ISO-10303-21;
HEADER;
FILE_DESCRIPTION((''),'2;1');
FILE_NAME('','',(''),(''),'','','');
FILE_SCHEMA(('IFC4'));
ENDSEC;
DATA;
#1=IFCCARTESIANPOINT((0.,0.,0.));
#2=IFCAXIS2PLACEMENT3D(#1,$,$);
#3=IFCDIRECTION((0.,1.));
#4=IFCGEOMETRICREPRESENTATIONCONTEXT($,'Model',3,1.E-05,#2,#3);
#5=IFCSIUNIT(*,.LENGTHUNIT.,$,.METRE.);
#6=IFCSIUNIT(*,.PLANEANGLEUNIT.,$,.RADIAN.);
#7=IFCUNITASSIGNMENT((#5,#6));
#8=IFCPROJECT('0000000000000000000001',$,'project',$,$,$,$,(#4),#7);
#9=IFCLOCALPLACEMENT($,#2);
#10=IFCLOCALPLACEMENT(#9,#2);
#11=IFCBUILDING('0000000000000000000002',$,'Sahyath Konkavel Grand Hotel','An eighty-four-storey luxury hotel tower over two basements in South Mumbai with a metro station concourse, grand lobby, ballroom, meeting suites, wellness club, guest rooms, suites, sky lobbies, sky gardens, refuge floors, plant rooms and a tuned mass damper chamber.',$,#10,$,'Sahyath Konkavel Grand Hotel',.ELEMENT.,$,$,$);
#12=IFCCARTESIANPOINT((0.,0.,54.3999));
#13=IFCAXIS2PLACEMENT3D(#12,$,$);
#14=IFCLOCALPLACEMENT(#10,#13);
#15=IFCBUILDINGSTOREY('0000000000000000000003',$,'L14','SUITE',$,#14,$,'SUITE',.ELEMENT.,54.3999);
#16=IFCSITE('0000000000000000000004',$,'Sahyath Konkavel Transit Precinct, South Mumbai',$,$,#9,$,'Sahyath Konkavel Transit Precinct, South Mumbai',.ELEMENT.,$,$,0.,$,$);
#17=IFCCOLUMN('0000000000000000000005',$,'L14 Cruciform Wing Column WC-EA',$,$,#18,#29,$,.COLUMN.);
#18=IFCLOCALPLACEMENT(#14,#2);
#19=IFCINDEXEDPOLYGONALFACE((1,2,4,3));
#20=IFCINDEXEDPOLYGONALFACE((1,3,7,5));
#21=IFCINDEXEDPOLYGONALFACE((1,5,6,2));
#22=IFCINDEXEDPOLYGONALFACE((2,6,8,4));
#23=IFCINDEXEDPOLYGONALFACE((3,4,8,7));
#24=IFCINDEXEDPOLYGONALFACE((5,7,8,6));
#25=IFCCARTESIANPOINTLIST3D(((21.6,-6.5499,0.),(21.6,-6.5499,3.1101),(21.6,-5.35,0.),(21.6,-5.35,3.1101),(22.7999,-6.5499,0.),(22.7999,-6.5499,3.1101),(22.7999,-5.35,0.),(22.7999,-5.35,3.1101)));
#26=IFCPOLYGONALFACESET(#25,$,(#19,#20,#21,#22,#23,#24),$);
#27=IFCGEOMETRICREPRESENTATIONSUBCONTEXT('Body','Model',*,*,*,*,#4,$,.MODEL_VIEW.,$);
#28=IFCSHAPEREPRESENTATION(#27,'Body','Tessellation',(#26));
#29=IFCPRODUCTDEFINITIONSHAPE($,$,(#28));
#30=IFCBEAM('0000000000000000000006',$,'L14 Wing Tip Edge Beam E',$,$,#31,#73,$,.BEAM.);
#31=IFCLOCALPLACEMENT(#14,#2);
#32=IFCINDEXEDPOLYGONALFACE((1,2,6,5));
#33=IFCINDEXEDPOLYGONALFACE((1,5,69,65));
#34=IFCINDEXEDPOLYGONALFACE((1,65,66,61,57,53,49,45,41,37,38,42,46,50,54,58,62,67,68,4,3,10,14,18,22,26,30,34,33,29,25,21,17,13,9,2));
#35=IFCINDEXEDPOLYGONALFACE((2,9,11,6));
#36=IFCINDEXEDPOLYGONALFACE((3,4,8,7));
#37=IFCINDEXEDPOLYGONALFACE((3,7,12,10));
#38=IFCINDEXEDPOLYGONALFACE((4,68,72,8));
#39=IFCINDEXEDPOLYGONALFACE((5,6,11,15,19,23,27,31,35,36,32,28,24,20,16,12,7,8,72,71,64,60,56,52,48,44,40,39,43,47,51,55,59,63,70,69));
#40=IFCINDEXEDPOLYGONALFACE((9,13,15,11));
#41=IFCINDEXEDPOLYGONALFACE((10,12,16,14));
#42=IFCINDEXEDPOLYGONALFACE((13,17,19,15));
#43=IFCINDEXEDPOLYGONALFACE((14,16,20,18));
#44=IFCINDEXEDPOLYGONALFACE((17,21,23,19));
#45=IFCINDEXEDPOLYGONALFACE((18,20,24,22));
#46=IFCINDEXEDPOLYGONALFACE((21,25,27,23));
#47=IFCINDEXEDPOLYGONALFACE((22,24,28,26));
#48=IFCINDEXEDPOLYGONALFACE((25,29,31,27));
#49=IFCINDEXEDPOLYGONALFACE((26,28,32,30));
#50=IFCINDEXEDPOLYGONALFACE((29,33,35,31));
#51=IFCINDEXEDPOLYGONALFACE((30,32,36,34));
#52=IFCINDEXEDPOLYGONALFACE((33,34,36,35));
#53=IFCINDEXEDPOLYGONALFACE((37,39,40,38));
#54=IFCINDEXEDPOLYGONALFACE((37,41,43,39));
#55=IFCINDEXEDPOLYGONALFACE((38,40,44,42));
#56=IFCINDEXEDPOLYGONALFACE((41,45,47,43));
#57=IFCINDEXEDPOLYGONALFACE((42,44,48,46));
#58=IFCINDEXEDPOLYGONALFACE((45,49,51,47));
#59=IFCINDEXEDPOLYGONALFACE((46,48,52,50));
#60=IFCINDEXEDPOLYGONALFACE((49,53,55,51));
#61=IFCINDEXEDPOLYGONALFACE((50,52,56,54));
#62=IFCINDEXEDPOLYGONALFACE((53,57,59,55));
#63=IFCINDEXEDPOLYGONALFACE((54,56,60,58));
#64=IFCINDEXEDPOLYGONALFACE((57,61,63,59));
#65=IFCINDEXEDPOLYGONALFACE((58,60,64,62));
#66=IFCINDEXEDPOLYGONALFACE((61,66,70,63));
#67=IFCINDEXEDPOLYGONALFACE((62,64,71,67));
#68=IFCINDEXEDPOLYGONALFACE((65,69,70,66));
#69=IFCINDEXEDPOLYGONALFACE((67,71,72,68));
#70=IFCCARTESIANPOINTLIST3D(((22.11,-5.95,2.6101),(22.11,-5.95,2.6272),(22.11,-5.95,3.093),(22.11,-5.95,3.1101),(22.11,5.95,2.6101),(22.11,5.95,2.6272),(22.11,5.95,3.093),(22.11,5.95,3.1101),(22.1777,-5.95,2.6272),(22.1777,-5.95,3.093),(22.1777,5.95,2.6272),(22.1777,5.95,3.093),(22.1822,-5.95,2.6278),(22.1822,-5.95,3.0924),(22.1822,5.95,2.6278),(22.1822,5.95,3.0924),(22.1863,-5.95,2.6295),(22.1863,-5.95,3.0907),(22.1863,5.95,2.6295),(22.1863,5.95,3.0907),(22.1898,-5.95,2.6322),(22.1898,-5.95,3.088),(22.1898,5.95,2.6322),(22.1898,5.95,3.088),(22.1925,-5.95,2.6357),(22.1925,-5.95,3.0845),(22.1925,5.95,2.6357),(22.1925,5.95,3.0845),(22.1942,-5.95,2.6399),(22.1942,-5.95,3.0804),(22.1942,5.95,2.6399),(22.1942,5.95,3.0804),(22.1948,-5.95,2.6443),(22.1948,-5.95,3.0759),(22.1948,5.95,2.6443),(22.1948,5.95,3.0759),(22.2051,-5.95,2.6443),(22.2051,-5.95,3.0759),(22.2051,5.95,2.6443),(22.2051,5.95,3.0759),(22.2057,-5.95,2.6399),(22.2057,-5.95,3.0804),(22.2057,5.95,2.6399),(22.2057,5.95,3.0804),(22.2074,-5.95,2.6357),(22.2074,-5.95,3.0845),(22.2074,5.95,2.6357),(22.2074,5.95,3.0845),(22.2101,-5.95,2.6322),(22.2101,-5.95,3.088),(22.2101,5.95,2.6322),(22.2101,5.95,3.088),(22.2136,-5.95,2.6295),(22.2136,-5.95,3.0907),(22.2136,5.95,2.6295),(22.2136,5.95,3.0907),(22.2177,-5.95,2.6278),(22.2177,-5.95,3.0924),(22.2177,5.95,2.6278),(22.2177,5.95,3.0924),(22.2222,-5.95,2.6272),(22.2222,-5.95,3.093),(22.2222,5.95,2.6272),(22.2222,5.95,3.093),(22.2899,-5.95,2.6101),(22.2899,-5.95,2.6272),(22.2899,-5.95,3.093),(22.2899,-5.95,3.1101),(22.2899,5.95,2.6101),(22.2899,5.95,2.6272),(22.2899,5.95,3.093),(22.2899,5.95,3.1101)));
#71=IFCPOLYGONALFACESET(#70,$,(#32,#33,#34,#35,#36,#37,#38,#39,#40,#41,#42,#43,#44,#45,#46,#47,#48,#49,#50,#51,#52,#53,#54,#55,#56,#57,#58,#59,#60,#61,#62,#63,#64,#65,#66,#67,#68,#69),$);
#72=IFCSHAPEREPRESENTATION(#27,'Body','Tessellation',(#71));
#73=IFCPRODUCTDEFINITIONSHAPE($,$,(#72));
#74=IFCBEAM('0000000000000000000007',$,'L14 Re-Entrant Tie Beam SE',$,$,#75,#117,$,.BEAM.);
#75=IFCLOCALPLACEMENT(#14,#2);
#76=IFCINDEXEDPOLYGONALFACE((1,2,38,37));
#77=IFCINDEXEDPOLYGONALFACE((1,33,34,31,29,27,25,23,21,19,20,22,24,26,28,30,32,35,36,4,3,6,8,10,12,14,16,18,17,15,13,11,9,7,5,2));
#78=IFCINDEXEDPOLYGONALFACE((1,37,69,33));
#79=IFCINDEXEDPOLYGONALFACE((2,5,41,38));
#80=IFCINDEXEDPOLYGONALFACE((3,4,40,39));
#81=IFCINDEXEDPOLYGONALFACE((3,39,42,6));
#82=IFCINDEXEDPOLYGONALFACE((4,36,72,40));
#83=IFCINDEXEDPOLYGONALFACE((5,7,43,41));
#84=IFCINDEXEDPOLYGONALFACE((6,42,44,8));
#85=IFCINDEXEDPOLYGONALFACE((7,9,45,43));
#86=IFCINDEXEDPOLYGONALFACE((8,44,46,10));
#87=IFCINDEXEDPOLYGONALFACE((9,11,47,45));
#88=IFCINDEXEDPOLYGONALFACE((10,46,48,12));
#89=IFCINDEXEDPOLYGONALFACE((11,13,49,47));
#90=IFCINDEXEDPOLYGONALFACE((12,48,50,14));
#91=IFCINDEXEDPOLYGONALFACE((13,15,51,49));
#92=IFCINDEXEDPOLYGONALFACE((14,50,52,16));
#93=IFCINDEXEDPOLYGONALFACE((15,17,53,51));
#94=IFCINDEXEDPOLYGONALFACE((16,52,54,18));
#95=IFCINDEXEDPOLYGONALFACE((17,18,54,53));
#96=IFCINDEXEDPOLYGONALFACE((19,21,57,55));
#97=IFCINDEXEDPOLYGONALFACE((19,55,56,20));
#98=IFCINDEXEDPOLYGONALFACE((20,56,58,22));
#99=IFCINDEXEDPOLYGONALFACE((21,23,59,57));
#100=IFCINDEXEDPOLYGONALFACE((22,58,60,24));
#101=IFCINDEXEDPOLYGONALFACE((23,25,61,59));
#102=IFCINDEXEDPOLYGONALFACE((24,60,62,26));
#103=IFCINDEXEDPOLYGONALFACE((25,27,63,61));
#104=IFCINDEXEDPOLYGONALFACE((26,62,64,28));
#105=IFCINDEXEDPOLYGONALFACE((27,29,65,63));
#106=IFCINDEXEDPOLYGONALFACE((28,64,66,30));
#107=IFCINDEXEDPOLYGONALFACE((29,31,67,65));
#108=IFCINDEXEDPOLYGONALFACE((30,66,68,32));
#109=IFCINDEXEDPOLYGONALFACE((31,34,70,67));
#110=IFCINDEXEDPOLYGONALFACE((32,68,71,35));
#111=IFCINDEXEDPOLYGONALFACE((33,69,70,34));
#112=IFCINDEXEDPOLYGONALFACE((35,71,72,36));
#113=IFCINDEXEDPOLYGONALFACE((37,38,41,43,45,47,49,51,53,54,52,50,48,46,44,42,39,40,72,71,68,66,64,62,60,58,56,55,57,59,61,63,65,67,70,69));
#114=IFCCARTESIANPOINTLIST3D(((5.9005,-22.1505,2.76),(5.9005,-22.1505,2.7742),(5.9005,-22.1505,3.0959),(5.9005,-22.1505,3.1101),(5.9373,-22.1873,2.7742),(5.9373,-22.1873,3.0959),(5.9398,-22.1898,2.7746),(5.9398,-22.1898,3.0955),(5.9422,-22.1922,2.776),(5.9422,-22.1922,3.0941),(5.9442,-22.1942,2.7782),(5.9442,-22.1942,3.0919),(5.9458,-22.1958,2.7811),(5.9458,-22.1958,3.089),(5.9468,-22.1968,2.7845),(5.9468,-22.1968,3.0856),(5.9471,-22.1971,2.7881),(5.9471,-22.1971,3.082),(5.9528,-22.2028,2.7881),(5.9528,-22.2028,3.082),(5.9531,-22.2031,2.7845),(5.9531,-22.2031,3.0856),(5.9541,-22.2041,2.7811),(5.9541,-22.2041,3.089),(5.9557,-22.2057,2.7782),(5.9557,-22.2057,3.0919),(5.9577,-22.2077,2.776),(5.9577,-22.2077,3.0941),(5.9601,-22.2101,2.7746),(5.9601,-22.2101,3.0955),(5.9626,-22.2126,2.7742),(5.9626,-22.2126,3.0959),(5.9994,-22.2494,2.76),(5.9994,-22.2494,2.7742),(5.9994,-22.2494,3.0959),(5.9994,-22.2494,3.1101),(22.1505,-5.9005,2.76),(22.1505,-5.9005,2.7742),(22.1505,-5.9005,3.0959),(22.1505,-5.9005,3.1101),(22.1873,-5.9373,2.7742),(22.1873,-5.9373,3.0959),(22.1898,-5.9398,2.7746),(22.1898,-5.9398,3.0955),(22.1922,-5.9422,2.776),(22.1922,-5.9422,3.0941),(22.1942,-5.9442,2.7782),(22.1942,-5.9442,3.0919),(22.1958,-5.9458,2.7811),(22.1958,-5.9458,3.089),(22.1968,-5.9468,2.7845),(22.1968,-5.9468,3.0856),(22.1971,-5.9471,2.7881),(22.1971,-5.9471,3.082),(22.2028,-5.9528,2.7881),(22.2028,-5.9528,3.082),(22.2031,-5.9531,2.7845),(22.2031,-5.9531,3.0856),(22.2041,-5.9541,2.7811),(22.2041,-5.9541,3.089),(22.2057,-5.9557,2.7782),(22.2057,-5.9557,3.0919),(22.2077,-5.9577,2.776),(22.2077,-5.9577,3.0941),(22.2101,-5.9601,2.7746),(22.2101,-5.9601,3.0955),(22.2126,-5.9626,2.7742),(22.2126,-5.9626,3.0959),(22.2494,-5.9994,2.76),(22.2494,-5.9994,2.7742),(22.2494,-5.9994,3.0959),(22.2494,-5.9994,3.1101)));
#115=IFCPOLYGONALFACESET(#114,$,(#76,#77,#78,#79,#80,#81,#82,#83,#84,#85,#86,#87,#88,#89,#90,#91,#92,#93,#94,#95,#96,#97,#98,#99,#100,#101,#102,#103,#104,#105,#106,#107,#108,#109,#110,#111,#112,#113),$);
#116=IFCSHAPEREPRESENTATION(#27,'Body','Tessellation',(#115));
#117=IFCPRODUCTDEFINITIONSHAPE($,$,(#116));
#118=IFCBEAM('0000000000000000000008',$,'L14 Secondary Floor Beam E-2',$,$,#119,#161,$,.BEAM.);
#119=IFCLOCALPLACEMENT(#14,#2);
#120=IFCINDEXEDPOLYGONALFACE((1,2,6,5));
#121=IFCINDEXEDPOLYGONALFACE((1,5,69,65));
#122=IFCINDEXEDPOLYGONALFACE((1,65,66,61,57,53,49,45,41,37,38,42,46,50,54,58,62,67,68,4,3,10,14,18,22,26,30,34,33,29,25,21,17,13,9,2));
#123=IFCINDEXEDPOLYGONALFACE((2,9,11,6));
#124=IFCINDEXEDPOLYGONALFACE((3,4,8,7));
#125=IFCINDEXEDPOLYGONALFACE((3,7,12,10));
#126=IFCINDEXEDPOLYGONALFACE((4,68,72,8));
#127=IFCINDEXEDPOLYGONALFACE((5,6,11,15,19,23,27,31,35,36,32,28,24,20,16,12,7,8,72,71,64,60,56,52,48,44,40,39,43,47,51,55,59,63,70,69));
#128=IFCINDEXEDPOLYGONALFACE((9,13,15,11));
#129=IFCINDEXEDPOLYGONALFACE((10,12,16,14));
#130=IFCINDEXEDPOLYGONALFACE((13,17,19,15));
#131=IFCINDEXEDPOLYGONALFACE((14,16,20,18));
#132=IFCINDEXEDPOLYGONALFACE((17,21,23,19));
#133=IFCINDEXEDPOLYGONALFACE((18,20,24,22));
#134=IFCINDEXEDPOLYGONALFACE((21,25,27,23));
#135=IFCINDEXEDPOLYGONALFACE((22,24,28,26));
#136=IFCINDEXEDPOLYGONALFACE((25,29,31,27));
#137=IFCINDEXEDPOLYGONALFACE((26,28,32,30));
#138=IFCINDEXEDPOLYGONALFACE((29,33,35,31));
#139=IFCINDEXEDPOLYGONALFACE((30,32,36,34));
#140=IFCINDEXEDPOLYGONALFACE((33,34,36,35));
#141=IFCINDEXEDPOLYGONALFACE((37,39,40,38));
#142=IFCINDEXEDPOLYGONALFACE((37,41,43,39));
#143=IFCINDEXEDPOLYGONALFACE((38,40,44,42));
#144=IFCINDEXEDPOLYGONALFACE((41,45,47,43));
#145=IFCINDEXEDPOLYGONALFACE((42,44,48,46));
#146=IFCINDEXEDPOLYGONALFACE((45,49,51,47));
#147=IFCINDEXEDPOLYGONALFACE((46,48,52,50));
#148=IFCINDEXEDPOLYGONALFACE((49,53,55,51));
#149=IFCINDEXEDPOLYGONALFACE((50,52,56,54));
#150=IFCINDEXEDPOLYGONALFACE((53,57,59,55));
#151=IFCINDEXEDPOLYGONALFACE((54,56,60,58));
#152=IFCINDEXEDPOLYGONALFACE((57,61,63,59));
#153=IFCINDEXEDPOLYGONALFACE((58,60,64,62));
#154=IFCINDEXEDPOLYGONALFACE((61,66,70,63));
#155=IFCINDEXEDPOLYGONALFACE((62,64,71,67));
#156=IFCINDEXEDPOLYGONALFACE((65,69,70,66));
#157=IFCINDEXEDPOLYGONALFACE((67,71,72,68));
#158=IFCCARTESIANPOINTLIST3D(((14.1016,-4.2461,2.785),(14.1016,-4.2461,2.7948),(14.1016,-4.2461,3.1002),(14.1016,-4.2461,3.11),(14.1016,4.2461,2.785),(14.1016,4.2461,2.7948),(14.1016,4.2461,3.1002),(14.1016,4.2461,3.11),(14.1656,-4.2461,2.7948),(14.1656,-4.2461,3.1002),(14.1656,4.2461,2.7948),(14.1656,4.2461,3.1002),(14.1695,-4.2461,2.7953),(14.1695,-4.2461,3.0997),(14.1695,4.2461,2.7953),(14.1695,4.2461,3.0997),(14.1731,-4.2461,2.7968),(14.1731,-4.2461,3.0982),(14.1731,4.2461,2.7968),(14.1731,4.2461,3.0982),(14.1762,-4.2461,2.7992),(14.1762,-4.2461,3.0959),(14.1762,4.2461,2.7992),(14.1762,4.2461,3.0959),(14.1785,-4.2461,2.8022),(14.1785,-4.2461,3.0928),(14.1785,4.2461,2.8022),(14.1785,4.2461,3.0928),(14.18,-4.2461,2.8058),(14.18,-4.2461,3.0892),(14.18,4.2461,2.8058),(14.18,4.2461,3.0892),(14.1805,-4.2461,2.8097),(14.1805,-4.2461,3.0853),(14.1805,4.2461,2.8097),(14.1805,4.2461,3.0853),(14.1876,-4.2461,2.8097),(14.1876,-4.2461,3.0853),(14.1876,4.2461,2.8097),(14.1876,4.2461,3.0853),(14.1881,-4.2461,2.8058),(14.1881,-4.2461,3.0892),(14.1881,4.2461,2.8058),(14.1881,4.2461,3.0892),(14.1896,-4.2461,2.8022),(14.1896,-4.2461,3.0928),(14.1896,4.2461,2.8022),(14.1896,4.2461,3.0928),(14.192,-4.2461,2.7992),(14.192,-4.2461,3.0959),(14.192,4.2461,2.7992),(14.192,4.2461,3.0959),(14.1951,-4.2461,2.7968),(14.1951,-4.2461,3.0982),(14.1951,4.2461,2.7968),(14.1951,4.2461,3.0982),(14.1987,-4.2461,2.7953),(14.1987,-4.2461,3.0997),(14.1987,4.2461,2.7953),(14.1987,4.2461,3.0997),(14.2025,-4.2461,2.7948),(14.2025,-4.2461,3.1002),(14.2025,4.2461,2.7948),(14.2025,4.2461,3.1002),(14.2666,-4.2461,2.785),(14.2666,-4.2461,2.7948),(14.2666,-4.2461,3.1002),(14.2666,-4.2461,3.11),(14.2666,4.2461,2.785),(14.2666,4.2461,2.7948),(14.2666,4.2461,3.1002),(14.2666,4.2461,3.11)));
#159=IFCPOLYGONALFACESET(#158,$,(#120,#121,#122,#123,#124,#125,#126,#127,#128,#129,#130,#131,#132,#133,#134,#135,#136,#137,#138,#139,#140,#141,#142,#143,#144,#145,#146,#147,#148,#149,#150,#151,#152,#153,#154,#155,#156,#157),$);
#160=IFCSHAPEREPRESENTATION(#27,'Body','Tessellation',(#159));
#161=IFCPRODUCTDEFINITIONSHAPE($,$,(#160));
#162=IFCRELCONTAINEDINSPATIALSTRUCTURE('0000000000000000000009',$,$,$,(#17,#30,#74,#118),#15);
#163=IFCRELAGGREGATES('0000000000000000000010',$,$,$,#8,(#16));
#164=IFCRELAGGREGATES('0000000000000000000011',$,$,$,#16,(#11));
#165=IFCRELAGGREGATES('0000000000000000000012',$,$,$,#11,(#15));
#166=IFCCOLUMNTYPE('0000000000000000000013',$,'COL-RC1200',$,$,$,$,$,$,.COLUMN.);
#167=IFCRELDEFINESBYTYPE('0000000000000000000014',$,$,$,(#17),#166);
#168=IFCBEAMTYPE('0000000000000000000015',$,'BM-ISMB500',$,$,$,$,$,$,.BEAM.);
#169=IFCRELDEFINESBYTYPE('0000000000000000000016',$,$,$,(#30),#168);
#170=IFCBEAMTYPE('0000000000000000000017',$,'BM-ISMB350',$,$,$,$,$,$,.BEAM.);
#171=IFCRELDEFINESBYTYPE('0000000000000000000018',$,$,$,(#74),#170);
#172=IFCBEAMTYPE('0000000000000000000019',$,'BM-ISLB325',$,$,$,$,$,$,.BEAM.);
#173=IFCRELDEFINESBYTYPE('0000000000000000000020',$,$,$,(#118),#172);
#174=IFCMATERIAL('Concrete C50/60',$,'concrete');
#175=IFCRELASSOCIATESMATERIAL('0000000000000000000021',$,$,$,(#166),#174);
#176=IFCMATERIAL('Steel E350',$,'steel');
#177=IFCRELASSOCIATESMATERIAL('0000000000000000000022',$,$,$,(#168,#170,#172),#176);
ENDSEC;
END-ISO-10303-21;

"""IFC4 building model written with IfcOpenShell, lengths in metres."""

from ifc_helpers import new_model, si_unit, direction, frame, origin, origin_2d, place, context, subcontext, project, spatial, rectangle, i_section, extrude, source, transform, mapped, material, material_profile, profile_set, type_object, element, save


model = new_model("IFC4")

# Units and contexts
model_context = context("Model", 3, precision=1e-05, world=origin(), true_north=direction((0.0, 1.0)))
body_context = subcontext(model_context, "Body", "Model", "MODEL_VIEW")
ifc_project = project(units=[si_unit("LENGTHUNIT", "METRE"), si_unit("PLANEANGLEUNIT", "RADIAN")], contexts=[model_context])

# Site, building, storey
site_placement = place(None, origin())
site = spatial("IfcSite", under=ifc_project, at=site_placement, Name="Sahyath Konkavel Transit Precinct, South Mumbai", LongName="Sahyath Konkavel Transit Precinct, South Mumbai", CompositionType="ELEMENT", RefElevation=0.0)
building_placement = place(site_placement, origin())
building = spatial("IfcBuilding", under=site, at=building_placement, Name="Sahyath Konkavel Grand Hotel", Description="An eighty-four-storey luxury hotel tower over two basements in South Mumbai with a metro station concourse, grand lobby, ballroom, meeting suites, wellness club, guest rooms, suites, sky lobbies, sky gardens, refuge floors, plant rooms and a tuned mass damper chamber.", LongName="Sahyath Konkavel Grand Hotel", CompositionType="ELEMENT")
storey_placement = place(building_placement, frame((0.0, 0.0, 54.3999)))
storey = spatial("IfcBuildingStorey", under=building, at=storey_placement, Name="L14", Description="SUITE", LongName="SUITE", CompositionType="ELEMENT", Elevation=54.3999)

# Column
ifc_material_1 = material(Name="Concrete C50/60", Category="concrete")
ifc_material_profile_1 = material_profile(ifc_material_1, rectangle(XDim=1.2, YDim=1.2, at=origin_2d()), Name="RC 1200x1200")
ifc_profile_set_1 = profile_set([ifc_material_profile_1], Name="Concrete C50/60")
column_type = type_object("IfcColumnType", Name="COL-RC1200", PredefinedType="COLUMN", material=ifc_profile_set_1)
shared_shape_1 = source(origin(), body_context, "Body", "SweptSolid", [
    extrude(rectangle(XDim=1.2, YDim=1.2, at=origin_2d()), origin(), (0.0, 0.0, 1.0), 3.1101),
])
column_placement = place(storey_placement, frame((22.2, -5.95, 0.0), z_axis=(0.0, 0.0, 1.0), x_axis=(1.0, 0.0, 0.0)))
element("IfcColumn", 1, at=column_placement, inside=storey, type_object=column_type, Name="L14 Cruciform Wing Column WC-EA", PredefinedType="COLUMN", context=body_context, shape_type="MappedRepresentation", body=[
    mapped(shared_shape_1, transform((0.0, 0.0, 0.0), scale=1.0)),
])

# Beams
ifc_material_2 = material(Name="Steel E350", Category="steel")
ifc_material_profile_2 = material_profile(ifc_material_2, i_section(OverallWidth=0.1799, OverallDepth=0.5, WebThickness=0.0103, FlangeThickness=0.0171, FilletRadius=0.0171, at=origin_2d()), Name="ISMB 500")
ifc_profile_set_2 = profile_set([ifc_material_profile_2], Name="Steel E350")
beam_type_1 = type_object("IfcBeamType", Name="BM-ISMB500", PredefinedType="BEAM", material=ifc_profile_set_2)
shared_shape_2 = source(origin(), body_context, "Body", "SweptSolid", [
    extrude(i_section(OverallWidth=0.1799, OverallDepth=0.5, WebThickness=0.0103, FlangeThickness=0.0171, FilletRadius=0.0171, at=origin_2d()), origin(), (0.0, 0.0, 1.0), 11.8999),
])
beam_1_placement = place(storey_placement, frame((22.2, -5.95, 2.8601), z_axis=(0.0, 1.0, 0.0), x_axis=(-1.0, 0.0, 0.0)))
element("IfcBeam", 2, at=beam_1_placement, inside=storey, type_object=beam_type_1, Name="L14 Wing Tip Edge Beam E", PredefinedType="BEAM", context=body_context, shape_type="MappedRepresentation", body=[
    mapped(shared_shape_2, transform((0.0, 0.0, 0.0), scale=1.0)),
])
ifc_material_profile_3 = material_profile(ifc_material_2, i_section(OverallWidth=0.1399, OverallDepth=0.3501, WebThickness=0.0081, FlangeThickness=0.0142, FilletRadius=0.0139, at=origin_2d()), Name="ISMB 350")
ifc_profile_set_3 = profile_set([ifc_material_profile_3], Name="Steel E350")
beam_type_2 = type_object("IfcBeamType", Name="BM-ISMB350", PredefinedType="BEAM", material=ifc_profile_set_3)
shared_shape_3 = source(origin(), body_context, "Body", "SweptSolid", [
    extrude(i_section(OverallWidth=0.1399, OverallDepth=0.3501, WebThickness=0.0081, FlangeThickness=0.0142, FilletRadius=0.0139, at=origin_2d()), origin(), (0.0, 0.0, 1.0), 22.981),
])
beam_2_placement = place(storey_placement, frame((22.2, -5.95, 2.9351), z_axis=(-0.707107, -0.707107, 0.0), x_axis=(0.707107, -0.707107, 0.0)))
element("IfcBeam", 3, at=beam_2_placement, inside=storey, type_object=beam_type_2, Name="L14 Re-Entrant Tie Beam SE", PredefinedType="BEAM", context=body_context, shape_type="MappedRepresentation", body=[
    mapped(shared_shape_3, transform((0.0, 0.0, 0.0), scale=1.0)),
])
ifc_material_profile_4 = material_profile(ifc_material_2, i_section(OverallWidth=0.165, OverallDepth=0.325, WebThickness=0.0071, FlangeThickness=0.0098, FilletRadius=0.0149, at=origin_2d()), Name="ISLB 325")
ifc_profile_set_4 = profile_set([ifc_material_profile_4], Name="Steel E350")
beam_type_3 = type_object("IfcBeamType", Name="BM-ISLB325", PredefinedType="BEAM", material=ifc_profile_set_4)
shared_shape_4 = source(origin(), body_context, "Body", "SweptSolid", [
    extrude(i_section(OverallWidth=0.165, OverallDepth=0.325, WebThickness=0.0071, FlangeThickness=0.0098, FilletRadius=0.0149, at=origin_2d()), origin(), (0.0, 0.0, 1.0), 8.4922),
])
beam_3_placement = place(storey_placement, frame((14.1841, -4.2461, 2.9475), z_axis=(0.0, 1.0, 0.0), x_axis=(-1.0, 0.0, 0.0)))
element("IfcBeam", 4, at=beam_3_placement, inside=storey, type_object=beam_type_3, Name="L14 Secondary Floor Beam E-2", PredefinedType="BEAM", context=body_context, shape_type="MappedRepresentation", body=[
    mapped(shared_shape_4, transform((0.0, 0.0, 0.0), scale=1.0)),
])

save(model, "model.ifc")
